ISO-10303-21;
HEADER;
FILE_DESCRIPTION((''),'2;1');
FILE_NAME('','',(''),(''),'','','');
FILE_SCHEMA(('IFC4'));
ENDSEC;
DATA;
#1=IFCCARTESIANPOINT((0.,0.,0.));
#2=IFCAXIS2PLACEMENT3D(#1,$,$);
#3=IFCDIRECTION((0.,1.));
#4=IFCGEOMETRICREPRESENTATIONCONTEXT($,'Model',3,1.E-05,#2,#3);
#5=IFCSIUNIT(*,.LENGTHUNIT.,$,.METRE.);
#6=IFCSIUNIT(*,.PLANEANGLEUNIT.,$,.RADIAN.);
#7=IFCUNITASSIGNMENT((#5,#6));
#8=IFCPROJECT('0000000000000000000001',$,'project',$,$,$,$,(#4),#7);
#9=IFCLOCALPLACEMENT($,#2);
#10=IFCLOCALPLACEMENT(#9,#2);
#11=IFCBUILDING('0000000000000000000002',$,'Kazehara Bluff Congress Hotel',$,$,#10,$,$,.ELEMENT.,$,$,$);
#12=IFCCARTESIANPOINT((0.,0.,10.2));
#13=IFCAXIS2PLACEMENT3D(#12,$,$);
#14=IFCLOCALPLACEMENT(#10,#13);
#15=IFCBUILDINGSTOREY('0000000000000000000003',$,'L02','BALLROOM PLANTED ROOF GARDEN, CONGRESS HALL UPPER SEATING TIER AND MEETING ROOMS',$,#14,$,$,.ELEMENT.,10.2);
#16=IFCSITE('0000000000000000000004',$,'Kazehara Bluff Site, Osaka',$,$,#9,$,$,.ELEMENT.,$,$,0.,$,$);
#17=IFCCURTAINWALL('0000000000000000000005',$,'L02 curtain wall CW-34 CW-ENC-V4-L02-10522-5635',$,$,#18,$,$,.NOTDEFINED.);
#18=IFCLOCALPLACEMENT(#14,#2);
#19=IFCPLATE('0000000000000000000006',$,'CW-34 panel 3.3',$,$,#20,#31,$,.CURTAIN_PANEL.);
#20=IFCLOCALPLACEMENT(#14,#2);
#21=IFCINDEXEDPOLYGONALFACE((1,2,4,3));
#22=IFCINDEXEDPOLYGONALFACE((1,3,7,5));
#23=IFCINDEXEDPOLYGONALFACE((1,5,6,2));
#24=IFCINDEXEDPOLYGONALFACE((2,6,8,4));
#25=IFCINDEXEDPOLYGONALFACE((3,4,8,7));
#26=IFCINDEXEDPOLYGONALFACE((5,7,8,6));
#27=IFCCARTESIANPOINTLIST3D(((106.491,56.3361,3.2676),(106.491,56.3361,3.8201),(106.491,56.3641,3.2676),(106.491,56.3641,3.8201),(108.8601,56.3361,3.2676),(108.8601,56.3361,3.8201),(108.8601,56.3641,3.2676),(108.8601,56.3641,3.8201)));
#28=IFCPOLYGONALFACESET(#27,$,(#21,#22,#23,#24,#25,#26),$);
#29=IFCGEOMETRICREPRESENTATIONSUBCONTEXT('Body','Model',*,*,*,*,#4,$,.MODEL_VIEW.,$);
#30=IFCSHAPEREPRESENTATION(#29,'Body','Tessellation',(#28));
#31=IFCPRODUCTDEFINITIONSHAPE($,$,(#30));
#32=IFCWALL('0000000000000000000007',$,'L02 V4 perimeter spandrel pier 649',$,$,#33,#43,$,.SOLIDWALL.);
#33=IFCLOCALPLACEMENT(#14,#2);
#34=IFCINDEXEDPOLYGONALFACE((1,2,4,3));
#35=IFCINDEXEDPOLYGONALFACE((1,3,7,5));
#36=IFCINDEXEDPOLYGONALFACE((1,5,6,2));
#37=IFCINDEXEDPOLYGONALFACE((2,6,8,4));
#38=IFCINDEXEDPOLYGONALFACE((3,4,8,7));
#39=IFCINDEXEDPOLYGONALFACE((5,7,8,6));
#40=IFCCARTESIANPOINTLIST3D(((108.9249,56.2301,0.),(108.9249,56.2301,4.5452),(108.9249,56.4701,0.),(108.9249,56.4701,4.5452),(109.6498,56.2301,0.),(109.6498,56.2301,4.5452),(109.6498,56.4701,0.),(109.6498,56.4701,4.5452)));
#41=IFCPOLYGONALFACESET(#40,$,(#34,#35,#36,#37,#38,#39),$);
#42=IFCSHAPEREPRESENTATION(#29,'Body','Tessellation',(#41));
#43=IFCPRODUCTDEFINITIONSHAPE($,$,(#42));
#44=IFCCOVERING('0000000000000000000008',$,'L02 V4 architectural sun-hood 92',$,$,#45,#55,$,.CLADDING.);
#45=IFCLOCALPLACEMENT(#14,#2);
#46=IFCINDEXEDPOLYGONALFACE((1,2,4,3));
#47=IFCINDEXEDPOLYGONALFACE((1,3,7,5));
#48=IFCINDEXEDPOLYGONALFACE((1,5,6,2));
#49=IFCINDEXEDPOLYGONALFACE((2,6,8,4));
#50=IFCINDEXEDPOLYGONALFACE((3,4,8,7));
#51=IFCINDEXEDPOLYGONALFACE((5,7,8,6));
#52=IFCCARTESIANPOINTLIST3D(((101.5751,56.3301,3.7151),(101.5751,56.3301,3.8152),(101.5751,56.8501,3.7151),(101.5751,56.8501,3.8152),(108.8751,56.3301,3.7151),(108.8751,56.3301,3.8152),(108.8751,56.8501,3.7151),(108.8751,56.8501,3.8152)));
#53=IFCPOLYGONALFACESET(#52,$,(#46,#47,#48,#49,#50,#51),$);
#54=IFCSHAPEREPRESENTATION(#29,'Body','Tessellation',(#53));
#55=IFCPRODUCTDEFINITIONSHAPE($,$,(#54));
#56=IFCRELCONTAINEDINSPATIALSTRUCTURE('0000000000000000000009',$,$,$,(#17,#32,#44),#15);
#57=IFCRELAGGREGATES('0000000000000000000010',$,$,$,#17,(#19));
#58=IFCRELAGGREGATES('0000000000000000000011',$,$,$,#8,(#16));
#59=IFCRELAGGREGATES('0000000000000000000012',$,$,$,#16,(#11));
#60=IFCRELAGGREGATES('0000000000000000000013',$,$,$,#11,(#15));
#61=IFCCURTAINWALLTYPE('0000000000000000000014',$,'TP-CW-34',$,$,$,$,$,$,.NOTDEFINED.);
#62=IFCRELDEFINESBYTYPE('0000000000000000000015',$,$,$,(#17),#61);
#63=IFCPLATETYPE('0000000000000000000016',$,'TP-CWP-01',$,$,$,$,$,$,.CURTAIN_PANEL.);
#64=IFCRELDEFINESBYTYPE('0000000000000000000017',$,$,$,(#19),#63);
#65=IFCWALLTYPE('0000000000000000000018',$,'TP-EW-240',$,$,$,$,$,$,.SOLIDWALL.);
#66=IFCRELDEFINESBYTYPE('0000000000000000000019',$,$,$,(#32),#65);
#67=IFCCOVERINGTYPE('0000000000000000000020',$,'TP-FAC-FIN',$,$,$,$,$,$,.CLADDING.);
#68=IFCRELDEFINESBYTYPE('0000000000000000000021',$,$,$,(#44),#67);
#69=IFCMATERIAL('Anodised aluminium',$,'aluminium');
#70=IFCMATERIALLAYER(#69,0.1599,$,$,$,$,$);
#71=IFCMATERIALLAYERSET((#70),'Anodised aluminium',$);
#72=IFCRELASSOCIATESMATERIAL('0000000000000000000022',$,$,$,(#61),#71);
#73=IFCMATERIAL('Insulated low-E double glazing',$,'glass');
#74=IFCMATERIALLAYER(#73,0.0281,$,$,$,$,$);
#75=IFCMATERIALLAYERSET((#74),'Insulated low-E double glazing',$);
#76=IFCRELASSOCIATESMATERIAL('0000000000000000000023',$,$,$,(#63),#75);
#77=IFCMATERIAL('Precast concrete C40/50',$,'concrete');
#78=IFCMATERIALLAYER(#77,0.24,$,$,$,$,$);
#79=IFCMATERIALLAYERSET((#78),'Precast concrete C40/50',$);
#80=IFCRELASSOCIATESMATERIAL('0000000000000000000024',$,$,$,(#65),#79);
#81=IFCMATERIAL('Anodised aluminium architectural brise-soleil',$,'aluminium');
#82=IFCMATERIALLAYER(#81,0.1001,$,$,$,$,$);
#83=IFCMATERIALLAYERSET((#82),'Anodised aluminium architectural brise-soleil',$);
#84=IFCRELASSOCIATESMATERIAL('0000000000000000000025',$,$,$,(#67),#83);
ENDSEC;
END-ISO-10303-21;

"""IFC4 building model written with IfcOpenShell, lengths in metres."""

from ifc_helpers import new_model, si_unit, direction, frame, frame_2d, origin, origin_2d, place, context, subcontext, project, spatial, rectangle, extrude, material, layer, layer_set, type_object, element, aggregate, save


model = new_model("IFC4")

# Units and contexts
model_context = context("Model", 3, precision=1e-05, world=origin(), true_north=direction((0.0, 1.0)))
body_context = subcontext(model_context, "Body", "Model", "MODEL_VIEW")
ifc_project = project(units=[si_unit("LENGTHUNIT", "METRE"), si_unit("PLANEANGLEUNIT", "RADIAN")], contexts=[model_context])

# Site, building, storey
site_placement = place(None, origin())
site = spatial("IfcSite", under=ifc_project, at=site_placement, Name="Kazehara Bluff Site, Osaka", CompositionType="ELEMENT", RefElevation=0.0)
building_placement = place(site_placement, origin())
building = spatial("IfcBuilding", under=site, at=building_placement, Name="Kazehara Bluff Congress Hotel", CompositionType="ELEMENT")
storey_placement = place(building_placement, frame((0.0, 0.0, 10.2)))
storey = spatial("IfcBuildingStorey", under=building, at=storey_placement, Name="L02", Description="BALLROOM PLANTED ROOF GARDEN, CONGRESS HALL UPPER SEATING TIER AND MEETING ROOMS", CompositionType="ELEMENT", Elevation=10.2)

# Curtain wall
ifc_material_1 = material(Name="Anodised aluminium", Category="aluminium")
ifc_layer_1 = layer(ifc_material_1, 0.1599)
ifc_layer_set_1 = layer_set([ifc_layer_1], Name="Anodised aluminium")
curtain_wall_type_1 = type_object("IfcCurtainWallType", Name="TP-CW-34", PredefinedType="NOTDEFINED", material=ifc_layer_set_1)
curtain_wall_1_placement = place(storey_placement, origin())
curtain_wall_1 = element("IfcCurtainWall", 1, at=curtain_wall_1_placement, inside=storey, type_object=curtain_wall_type_1, Name="L02 curtain wall CW-34 CW-ENC-V4-L02-10522-5635", PredefinedType="NOTDEFINED")

# Plate
ifc_material_2 = material(Name="Insulated low-E double glazing", Category="glass")
ifc_layer_2 = layer(ifc_material_2, 0.0281)
ifc_layer_set_2 = layer_set([ifc_layer_2], Name="Insulated low-E double glazing")
plate_type = type_object("IfcPlateType", Name="TP-CWP-01", PredefinedType="CURTAIN_PANEL", material=ifc_layer_set_2)
plate_1_placement = place(storey_placement, frame((107.6755, 56.3501, 3.2676), z_axis=(0.0, 0.0, 1.0), x_axis=(1.0, 0.0, 0.0)))
plate_1 = element("IfcPlate", 2, at=plate_1_placement, type_object=plate_type, Name="CW-34 panel 3.3", PredefinedType="CURTAIN_PANEL", context=body_context, shape_type="SweptSolid", body=[
    extrude(rectangle(XDim=2.3691, YDim=0.0281, at=origin_2d()), origin(), (0.0, 0.0, 1.0), 0.5525),
])
aggregate(curtain_wall_1, [plate_1])

# Wall
ifc_material_3 = material(Name="Precast concrete C40/50", Category="concrete")
ifc_layer_3 = layer(ifc_material_3, 0.24)
ifc_layer_set_3 = layer_set([ifc_layer_3], Name="Precast concrete C40/50")
wall_type = type_object("IfcWallType", Name="TP-EW-240", PredefinedType="SOLIDWALL", material=ifc_layer_set_3)
wall_placement = place(storey_placement, frame((108.925, 56.3501, 0.0), z_axis=(0.0, 0.0, 1.0), x_axis=(1.0, 0.0, 0.0)))
element("IfcWall", 3, at=wall_placement, inside=storey, type_object=wall_type, Name="L02 V4 perimeter spandrel pier 649", PredefinedType="SOLIDWALL", context=body_context, shape_type="SweptSolid", body=[
    extrude(rectangle(XDim=0.7249, YDim=0.24, at=frame_2d((0.3623, 0.0))), origin(), (0.0, 0.0, 1.0), 4.5452),
])

# Covering
ifc_material_4 = material(Name="Anodised aluminium architectural brise-soleil", Category="aluminium")
ifc_layer_4 = layer(ifc_material_4, 0.1001)
ifc_layer_set_4 = layer_set([ifc_layer_4], Name="Anodised aluminium architectural brise-soleil")
covering_type = type_object("IfcCoveringType", Name="TP-FAC-FIN", PredefinedType="CLADDING", material=ifc_layer_set_4)
covering_placement = place(storey_placement, frame((105.2251, 56.5901, 3.7151), z_axis=(0.0, 0.0, 1.0), x_axis=(1.0, 0.0, 0.0)))
element("IfcCovering", 4, at=covering_placement, inside=storey, type_object=covering_type, Name="L02 V4 architectural sun-hood 92", PredefinedType="CLADDING", context=body_context, shape_type="SweptSolid", body=[
    extrude(rectangle(XDim=7.3, YDim=0.52, at=origin_2d()), origin(), (0.0, 0.0, 1.0), 0.1001),
])

save(model, "model.ifc")
